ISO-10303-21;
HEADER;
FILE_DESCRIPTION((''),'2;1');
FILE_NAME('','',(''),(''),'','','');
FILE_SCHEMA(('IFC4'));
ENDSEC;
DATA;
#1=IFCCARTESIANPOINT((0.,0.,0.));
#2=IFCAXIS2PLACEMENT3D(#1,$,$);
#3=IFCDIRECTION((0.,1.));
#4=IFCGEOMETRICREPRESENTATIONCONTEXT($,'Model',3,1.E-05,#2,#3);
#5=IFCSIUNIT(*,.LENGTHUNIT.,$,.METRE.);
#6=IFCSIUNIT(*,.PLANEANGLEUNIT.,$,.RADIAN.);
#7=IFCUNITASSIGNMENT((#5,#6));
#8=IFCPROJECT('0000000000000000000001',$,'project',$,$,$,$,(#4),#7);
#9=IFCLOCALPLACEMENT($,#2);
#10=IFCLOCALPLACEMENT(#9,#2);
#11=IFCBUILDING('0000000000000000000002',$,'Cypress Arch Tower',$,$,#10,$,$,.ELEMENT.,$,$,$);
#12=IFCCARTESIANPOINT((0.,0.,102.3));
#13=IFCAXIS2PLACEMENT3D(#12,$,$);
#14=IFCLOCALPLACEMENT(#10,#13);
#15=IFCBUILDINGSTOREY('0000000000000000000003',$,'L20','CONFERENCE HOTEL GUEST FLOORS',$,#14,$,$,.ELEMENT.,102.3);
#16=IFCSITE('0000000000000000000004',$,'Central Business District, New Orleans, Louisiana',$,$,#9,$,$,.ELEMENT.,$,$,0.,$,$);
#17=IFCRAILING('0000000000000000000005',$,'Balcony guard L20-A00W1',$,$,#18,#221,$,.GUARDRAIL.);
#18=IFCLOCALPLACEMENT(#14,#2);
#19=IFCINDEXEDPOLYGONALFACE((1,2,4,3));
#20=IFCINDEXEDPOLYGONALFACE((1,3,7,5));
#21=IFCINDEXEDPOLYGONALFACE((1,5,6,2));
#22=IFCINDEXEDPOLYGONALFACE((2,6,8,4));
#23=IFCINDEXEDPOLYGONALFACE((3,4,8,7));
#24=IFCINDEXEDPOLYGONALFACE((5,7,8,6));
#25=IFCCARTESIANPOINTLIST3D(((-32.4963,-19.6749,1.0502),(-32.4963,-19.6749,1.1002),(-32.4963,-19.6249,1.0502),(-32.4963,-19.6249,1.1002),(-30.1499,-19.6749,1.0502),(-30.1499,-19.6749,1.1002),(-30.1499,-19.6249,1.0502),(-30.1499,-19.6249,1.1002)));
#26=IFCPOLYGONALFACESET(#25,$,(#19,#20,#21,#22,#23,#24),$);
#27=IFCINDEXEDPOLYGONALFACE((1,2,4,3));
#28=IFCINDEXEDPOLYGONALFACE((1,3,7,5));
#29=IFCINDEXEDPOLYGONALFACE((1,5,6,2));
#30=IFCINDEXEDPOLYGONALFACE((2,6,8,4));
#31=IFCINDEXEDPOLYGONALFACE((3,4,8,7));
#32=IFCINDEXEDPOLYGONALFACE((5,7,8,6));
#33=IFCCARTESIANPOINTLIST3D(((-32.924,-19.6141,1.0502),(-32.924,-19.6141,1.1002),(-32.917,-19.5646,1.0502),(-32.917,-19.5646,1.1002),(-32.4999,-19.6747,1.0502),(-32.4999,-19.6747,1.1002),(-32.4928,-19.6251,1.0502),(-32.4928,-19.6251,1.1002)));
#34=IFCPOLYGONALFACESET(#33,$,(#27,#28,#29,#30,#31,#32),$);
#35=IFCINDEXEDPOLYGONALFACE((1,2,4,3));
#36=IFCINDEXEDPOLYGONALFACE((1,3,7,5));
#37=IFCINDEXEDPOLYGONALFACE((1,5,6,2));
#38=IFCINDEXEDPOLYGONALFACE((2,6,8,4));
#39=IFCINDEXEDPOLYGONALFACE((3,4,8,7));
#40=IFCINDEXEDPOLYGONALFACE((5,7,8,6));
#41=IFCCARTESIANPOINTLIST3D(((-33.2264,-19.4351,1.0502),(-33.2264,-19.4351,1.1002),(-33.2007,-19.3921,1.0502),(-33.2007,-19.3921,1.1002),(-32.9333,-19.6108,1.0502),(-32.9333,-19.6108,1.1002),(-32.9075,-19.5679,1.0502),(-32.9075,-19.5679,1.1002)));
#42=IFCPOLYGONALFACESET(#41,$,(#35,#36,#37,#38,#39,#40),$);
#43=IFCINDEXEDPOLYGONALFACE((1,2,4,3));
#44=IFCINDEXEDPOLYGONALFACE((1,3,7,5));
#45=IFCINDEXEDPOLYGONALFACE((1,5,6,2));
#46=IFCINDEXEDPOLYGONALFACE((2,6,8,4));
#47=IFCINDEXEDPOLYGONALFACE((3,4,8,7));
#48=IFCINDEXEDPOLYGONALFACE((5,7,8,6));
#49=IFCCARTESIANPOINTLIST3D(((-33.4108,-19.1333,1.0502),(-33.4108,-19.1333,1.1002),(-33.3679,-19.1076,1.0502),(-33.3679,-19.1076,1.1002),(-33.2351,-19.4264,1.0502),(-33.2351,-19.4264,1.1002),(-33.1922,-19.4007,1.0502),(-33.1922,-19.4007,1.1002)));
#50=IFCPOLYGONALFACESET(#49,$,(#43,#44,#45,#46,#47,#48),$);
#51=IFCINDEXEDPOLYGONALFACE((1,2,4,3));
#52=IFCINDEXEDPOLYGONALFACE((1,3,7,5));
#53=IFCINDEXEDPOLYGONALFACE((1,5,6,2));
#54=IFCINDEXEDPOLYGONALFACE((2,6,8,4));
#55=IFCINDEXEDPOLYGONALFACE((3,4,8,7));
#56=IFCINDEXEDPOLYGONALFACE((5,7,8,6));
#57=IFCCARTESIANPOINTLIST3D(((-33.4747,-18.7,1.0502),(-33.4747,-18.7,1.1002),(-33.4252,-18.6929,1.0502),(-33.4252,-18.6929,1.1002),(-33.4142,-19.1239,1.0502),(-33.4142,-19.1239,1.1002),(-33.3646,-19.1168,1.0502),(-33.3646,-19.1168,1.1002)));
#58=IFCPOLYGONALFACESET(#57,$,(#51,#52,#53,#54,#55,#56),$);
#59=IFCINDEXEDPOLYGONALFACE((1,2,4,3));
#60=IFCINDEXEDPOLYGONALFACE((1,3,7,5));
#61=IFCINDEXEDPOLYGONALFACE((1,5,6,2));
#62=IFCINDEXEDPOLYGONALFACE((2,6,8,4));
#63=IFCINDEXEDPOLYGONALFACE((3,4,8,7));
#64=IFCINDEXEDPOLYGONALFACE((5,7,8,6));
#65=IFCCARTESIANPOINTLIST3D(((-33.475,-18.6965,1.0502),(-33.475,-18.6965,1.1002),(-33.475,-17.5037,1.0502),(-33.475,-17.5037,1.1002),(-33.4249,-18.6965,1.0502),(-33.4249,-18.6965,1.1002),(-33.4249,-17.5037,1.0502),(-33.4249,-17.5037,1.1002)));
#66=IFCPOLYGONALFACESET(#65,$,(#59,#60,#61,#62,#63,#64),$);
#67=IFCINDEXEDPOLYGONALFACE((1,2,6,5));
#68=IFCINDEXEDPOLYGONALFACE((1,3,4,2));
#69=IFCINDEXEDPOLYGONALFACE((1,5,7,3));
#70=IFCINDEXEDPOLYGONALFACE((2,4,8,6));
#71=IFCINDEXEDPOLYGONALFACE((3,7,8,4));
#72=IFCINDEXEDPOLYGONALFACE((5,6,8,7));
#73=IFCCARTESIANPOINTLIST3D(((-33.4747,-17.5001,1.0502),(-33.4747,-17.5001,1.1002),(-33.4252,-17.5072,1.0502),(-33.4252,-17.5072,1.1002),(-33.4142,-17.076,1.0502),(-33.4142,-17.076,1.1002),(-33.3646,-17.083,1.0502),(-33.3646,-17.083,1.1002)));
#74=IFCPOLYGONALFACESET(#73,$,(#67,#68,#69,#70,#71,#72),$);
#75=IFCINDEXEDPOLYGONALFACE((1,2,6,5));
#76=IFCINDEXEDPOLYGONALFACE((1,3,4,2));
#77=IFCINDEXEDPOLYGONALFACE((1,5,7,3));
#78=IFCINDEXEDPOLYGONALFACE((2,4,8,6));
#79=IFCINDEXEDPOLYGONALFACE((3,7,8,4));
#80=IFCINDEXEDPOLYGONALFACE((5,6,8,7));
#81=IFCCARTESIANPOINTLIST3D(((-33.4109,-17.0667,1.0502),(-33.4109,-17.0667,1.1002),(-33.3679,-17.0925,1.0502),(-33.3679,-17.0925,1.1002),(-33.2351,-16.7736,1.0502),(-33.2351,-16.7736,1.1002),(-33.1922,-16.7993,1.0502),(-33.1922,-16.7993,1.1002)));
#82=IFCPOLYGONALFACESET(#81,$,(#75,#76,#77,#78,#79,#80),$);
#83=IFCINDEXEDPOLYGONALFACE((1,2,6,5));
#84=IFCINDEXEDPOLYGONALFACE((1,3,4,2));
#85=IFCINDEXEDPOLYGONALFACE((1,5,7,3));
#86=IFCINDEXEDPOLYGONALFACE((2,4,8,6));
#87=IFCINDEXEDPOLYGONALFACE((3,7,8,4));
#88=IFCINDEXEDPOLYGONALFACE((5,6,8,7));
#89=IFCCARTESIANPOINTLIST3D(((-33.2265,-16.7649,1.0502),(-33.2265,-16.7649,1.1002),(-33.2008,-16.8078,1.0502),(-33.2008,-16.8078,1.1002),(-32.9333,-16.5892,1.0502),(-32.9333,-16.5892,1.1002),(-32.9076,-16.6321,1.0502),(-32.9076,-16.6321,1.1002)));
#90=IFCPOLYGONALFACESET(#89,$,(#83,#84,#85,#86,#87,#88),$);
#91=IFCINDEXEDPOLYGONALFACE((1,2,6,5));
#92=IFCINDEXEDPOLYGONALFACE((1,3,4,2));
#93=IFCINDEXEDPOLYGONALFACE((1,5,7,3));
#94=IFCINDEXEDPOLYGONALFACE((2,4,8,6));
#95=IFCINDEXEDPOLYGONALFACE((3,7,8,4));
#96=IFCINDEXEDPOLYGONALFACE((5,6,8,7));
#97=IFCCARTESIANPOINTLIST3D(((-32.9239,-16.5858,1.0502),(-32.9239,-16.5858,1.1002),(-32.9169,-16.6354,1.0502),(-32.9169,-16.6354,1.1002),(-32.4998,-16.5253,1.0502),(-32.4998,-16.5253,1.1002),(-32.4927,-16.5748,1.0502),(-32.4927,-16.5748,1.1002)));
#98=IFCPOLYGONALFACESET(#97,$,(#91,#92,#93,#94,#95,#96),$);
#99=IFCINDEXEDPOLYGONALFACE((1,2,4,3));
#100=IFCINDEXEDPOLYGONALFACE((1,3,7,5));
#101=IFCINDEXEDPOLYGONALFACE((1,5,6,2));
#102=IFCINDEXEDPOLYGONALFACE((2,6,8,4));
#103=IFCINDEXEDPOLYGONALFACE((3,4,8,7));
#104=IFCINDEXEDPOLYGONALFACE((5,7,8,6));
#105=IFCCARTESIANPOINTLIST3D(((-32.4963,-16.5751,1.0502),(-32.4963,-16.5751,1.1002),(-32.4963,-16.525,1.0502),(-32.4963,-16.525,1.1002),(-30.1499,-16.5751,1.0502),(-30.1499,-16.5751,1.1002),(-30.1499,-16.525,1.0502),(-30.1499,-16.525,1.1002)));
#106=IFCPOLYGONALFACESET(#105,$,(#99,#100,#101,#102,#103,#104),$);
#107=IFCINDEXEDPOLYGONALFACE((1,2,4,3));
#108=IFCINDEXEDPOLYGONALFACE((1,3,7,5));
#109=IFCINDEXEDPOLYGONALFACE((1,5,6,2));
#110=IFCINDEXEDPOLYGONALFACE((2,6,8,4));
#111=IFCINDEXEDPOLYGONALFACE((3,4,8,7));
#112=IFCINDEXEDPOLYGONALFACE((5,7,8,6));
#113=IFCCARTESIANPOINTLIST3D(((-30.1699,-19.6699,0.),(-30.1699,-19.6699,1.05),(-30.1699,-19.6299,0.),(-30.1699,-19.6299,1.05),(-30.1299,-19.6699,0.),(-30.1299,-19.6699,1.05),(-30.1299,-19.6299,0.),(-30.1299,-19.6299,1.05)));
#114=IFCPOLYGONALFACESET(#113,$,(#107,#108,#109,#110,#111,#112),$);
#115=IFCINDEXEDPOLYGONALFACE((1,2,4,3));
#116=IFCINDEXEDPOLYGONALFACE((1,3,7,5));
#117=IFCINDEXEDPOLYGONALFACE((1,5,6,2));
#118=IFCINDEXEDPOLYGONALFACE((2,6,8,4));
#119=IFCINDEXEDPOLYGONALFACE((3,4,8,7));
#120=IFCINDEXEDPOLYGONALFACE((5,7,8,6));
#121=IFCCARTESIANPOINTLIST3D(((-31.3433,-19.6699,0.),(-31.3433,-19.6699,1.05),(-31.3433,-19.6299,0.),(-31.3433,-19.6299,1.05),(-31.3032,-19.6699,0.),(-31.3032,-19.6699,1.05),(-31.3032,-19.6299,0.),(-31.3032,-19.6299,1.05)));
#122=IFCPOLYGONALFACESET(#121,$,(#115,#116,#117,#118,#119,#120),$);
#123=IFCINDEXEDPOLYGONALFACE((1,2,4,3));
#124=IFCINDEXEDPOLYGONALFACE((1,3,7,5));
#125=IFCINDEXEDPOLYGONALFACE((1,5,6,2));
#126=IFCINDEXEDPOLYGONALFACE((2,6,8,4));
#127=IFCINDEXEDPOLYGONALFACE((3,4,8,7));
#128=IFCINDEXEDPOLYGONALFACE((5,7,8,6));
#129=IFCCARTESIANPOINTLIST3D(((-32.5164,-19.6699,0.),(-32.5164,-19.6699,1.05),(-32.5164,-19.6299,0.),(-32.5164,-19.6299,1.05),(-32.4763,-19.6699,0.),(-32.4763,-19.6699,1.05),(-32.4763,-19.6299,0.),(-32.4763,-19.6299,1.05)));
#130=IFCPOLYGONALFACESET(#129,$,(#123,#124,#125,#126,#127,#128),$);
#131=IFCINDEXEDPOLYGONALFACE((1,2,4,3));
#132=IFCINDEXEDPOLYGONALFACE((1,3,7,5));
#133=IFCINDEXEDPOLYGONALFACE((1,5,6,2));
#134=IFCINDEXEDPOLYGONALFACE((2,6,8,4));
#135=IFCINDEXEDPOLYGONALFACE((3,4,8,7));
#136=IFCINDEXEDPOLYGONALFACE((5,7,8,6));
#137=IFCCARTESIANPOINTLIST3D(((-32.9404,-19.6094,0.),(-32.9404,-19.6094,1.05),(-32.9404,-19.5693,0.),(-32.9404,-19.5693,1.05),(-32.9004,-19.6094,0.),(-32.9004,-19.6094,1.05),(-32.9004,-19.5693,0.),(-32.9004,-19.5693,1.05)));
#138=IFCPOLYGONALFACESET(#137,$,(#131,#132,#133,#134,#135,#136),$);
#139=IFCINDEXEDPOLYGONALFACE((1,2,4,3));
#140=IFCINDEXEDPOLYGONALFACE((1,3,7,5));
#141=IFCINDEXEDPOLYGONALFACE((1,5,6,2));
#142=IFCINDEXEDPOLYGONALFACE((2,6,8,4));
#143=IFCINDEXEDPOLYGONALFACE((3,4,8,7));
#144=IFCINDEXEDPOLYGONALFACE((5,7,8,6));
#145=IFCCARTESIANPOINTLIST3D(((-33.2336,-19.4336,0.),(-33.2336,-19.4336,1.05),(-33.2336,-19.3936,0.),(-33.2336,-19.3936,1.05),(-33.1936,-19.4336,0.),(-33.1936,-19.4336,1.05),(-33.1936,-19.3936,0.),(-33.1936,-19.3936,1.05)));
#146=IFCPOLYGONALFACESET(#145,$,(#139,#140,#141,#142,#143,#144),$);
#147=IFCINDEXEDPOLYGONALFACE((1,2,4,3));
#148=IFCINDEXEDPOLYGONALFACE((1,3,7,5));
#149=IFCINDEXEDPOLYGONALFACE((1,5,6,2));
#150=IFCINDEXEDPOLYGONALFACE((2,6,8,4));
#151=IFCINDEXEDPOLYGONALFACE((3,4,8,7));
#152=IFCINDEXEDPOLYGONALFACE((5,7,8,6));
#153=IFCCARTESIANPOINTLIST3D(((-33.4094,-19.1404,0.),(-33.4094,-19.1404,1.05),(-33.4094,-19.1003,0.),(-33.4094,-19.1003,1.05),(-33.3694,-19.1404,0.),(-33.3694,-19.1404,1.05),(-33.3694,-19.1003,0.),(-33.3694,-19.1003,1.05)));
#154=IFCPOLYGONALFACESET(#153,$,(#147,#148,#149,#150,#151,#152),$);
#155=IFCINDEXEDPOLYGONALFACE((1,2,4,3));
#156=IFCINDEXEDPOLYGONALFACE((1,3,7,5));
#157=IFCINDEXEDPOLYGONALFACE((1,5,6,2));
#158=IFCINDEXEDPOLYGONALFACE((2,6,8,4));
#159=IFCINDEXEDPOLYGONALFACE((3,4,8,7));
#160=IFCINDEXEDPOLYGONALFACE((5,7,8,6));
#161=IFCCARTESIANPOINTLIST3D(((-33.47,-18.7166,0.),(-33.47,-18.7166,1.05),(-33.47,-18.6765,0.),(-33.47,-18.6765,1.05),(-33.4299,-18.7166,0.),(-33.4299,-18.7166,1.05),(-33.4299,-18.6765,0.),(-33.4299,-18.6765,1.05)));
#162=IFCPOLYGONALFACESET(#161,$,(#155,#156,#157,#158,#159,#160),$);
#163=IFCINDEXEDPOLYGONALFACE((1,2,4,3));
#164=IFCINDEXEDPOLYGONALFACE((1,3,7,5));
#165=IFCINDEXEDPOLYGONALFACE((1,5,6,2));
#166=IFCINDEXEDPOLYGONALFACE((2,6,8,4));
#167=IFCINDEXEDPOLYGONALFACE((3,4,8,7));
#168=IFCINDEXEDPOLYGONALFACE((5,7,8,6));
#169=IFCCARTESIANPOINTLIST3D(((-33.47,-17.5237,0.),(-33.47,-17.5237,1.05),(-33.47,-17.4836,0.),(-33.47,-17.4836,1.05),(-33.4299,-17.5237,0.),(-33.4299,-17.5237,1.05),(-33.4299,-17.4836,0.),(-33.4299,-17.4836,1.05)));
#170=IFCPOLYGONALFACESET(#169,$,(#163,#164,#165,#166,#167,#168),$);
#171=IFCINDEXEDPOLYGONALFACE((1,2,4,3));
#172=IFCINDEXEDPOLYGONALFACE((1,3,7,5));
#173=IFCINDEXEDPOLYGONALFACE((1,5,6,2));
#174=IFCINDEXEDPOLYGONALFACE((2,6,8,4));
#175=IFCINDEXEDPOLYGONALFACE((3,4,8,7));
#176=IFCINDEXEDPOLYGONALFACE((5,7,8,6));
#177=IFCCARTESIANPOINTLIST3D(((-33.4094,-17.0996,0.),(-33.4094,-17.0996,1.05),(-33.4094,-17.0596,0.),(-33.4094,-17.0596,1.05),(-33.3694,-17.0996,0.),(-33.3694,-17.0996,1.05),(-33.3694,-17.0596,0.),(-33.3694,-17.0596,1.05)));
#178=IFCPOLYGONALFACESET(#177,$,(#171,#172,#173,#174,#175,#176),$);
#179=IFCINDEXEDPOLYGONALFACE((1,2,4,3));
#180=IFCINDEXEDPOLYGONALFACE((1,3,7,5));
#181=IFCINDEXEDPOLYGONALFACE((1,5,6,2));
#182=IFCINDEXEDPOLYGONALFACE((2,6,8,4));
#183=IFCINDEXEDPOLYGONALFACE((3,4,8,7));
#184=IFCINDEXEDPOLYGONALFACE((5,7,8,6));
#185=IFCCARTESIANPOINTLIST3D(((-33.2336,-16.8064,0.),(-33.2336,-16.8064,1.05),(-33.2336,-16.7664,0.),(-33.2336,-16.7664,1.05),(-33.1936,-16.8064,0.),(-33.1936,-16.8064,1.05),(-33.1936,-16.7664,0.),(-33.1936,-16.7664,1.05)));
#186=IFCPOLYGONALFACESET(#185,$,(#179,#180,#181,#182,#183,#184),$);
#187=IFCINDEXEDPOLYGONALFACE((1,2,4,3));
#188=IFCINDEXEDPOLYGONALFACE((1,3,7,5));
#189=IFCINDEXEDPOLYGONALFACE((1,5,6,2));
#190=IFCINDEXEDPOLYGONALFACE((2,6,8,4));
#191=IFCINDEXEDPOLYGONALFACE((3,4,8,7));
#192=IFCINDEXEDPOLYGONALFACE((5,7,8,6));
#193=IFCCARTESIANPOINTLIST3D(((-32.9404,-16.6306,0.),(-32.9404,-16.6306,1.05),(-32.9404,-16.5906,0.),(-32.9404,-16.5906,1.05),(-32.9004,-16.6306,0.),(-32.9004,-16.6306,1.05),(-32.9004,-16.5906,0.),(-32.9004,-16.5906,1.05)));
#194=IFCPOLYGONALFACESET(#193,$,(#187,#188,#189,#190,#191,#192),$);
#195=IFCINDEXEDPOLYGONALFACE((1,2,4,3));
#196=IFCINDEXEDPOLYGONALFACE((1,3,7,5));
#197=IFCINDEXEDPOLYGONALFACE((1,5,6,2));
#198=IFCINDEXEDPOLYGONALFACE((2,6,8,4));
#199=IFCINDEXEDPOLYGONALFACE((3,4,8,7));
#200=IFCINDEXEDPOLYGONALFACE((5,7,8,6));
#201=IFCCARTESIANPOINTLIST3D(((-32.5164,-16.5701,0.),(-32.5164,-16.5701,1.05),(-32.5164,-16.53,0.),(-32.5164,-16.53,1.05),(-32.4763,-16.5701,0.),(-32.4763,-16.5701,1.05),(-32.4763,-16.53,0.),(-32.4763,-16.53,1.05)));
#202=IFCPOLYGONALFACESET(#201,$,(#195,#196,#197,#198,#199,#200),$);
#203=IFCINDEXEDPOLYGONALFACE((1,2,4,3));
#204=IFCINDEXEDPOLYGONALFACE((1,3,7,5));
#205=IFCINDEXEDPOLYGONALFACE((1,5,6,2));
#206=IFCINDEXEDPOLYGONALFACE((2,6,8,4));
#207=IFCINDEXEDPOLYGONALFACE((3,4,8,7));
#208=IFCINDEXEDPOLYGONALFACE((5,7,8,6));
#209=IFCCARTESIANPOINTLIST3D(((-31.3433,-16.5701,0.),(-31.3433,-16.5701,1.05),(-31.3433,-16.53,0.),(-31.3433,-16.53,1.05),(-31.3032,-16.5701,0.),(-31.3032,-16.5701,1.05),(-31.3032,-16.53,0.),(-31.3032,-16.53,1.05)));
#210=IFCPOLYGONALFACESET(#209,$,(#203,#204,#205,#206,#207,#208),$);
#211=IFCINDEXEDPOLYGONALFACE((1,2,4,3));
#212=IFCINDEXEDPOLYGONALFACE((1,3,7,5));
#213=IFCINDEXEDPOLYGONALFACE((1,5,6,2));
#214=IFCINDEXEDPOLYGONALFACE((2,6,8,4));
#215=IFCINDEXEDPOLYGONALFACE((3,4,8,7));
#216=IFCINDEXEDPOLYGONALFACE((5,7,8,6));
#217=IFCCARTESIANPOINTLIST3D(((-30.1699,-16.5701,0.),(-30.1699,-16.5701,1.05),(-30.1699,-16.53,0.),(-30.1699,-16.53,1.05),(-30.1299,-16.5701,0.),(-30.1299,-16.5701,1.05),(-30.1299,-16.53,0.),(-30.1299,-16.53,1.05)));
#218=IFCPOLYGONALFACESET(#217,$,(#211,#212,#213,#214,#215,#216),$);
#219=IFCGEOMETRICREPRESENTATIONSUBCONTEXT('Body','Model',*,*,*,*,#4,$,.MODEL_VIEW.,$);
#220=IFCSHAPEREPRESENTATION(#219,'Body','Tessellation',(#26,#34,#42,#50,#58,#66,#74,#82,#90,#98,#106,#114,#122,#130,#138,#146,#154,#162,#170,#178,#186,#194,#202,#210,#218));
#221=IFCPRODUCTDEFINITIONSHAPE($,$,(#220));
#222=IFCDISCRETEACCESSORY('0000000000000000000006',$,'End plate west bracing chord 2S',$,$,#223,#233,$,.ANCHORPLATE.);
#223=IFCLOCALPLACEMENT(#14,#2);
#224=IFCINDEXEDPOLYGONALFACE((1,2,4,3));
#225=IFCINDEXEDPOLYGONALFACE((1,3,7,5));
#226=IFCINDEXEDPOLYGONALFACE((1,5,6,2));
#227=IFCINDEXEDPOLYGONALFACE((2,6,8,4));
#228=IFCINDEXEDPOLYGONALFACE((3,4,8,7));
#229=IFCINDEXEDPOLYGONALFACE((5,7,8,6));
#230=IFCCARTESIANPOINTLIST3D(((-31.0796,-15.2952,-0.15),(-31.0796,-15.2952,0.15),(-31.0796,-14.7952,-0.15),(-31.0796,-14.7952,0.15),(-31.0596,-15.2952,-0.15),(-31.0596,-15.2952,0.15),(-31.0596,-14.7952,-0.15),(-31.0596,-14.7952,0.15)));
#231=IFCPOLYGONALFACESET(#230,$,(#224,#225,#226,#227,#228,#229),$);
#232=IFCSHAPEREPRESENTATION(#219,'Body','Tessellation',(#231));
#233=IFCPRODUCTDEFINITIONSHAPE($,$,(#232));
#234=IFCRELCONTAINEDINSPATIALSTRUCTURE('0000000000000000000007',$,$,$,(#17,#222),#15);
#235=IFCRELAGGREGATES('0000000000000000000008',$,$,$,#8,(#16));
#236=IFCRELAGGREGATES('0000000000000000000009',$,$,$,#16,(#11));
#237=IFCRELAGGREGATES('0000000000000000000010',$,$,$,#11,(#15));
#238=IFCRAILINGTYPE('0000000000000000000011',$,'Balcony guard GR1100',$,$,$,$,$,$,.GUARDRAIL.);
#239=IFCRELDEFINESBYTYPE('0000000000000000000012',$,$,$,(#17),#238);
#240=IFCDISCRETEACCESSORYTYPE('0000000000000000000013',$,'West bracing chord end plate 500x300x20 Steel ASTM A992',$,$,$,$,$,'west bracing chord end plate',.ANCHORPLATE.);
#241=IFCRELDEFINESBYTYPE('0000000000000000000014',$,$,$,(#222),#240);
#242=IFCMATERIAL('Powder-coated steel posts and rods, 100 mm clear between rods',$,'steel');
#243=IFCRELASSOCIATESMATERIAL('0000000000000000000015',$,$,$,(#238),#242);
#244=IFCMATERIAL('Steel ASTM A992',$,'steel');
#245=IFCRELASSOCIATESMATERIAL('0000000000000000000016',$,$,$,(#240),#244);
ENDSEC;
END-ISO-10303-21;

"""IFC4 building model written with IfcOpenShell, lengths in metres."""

from ifc_helpers import new_model, si_unit, direction, frame, origin, origin_2d, place, context, subcontext, project, spatial, rectangle, extrude, material, material_profile, profile_set, type_object, element, save


model = new_model("IFC4")

# Units and contexts
model_context = context("Model", 3, precision=1e-05, world=origin(), true_north=direction((0.0, 1.0)))
body_context = subcontext(model_context, "Body", "Model", "MODEL_VIEW")
ifc_project = project(units=[si_unit("LENGTHUNIT", "METRE"), si_unit("PLANEANGLEUNIT", "RADIAN")], contexts=[model_context])

# Site, building, storey
site_placement = place(None, origin())
site = spatial("IfcSite", under=ifc_project, at=site_placement, Name="Central Business District, New Orleans, Louisiana", CompositionType="ELEMENT", RefElevation=0.0)
building_placement = place(site_placement, origin())
building = spatial("IfcBuilding", under=site, at=building_placement, Name="Cypress Arch Tower", CompositionType="ELEMENT")
storey_placement = place(building_placement, frame((0.0, 0.0, 102.3)))
storey = spatial("IfcBuildingStorey", under=building, at=storey_placement, Name="L20", Description="CONFERENCE HOTEL GUEST FLOORS", CompositionType="ELEMENT", Elevation=102.3)

# Railing
ifc_material_1 = material(Name="Powder-coated steel posts and rods, 100 mm clear between rods", Category="steel")
railing_type = type_object("IfcRailingType", Name="Balcony guard GR1100", PredefinedType="GUARDRAIL", material=ifc_material_1)
railing_placement = place(storey_placement, frame((-30.1499, -19.6499, 0.0)))
element("IfcRailing", 1, at=railing_placement, inside=storey, type_object=railing_type, Name="Balcony guard L20-A00W1", PredefinedType="GUARDRAIL", context=body_context, shape_type="SweptSolid", body=[
    extrude(rectangle(XDim=0.05, YDim=0.05, at=origin_2d()), frame((0.0, 0.0, 1.0752), z_axis=(-1.0, 0.0, 0.0), x_axis=(0.0, -1.0, 0.0)), (0.0, 0.0, 1.0), 2.3464),
    extrude(rectangle(XDim=0.05, YDim=0.05, at=origin_2d()), frame((-2.3464, 0.0, 1.0752), z_axis=(-0.989961, 0.141342, 0.0), x_axis=(-0.141342, -0.989961, 0.0)), (0.0, 0.0, 1.0), 0.4285),
    extrude(rectangle(XDim=0.05, YDim=0.05, at=origin_2d()), frame((-2.7705, 0.0605, 1.0752), z_axis=(-0.857682, 0.514181, 0.0), x_axis=(-0.514181, -0.857682, 0.0)), (0.0, 0.0, 1.0), 0.3418),
    extrude(rectangle(XDim=0.05, YDim=0.05, at=origin_2d()), frame((-3.0637, 0.2363, 1.0752), z_axis=(-0.514181, 0.857682, 0.0), x_axis=(-0.857682, -0.514181, 0.0)), (0.0, 0.0, 1.0), 0.3418),
    extrude(rectangle(XDim=0.05, YDim=0.05, at=origin_2d()), frame((-3.2395, 0.5295, 1.0752), z_axis=(-0.141421, 0.989949, 0.0), x_axis=(-0.989949, -0.141421, 0.0)), (0.0, 0.0, 1.0), 0.4282),
    extrude(rectangle(XDim=0.05, YDim=0.05, at=origin_2d()), frame((-3.3, 0.9534, 1.0752), z_axis=(0.0, 1.0, 0.0), x_axis=(-1.0, 0.0, 0.0)), (0.0, 0.0, 1.0), 1.1929),
    extrude(rectangle(XDim=0.05, YDim=0.05, at=origin_2d()), frame((-3.3, 2.1462, 1.0752), z_axis=(0.141342, 0.989961, 0.0), x_axis=(-0.989961, 0.141342, 0.0)), (0.0, 0.0, 1.0), 0.4285),
    extrude(rectangle(XDim=0.05, YDim=0.05, at=origin_2d()), frame((-3.2395, 2.5703, 1.0752), z_axis=(0.514181, 0.857682, 0.0), x_axis=(-0.857682, 0.514181, 0.0)), (0.0, 0.0, 1.0), 0.3418),
    extrude(rectangle(XDim=0.05, YDim=0.05, at=origin_2d()), frame((-3.0637, 2.8635, 1.0752), z_axis=(0.857682, 0.514181, 0.0), x_axis=(-0.514181, 0.857682, 0.0)), (0.0, 0.0, 1.0), 0.3418),
    extrude(rectangle(XDim=0.05, YDim=0.05, at=origin_2d()), frame((-2.7705, 3.0393, 1.0752), z_axis=(0.989961, 0.141342, 0.0), x_axis=(-0.141342, 0.989961, 0.0)), (0.0, 0.0, 1.0), 0.4285),
    extrude(rectangle(XDim=0.05, YDim=0.05, at=origin_2d()), frame((-2.3464, 3.0999, 1.0752), z_axis=(1.0, 0.0, 0.0), x_axis=(0.0, 1.0, 0.0)), (0.0, 0.0, 1.0), 2.3464),
    extrude(rectangle(XDim=0.04, YDim=0.04, at=origin_2d()), origin(), (0.0, 0.0, 1.0), 1.05),
    extrude(rectangle(XDim=0.04, YDim=0.04, at=origin_2d()), frame((-1.1733, 0.0, 0.0)), (0.0, 0.0, 1.0), 1.05),
    extrude(rectangle(XDim=0.04, YDim=0.04, at=origin_2d()), frame((-2.3464, 0.0, 0.0)), (0.0, 0.0, 1.0), 1.05),
    extrude(rectangle(XDim=0.04, YDim=0.04, at=origin_2d()), frame((-2.7705, 0.0605, 0.0)), (0.0, 0.0, 1.0), 1.05),
    extrude(rectangle(XDim=0.04, YDim=0.04, at=origin_2d()), frame((-3.0637, 0.2363, 0.0)), (0.0, 0.0, 1.0), 1.05),
    extrude(rectangle(XDim=0.04, YDim=0.04, at=origin_2d()), frame((-3.2395, 0.5295, 0.0)), (0.0, 0.0, 1.0), 1.05),
    extrude(rectangle(XDim=0.04, YDim=0.04, at=origin_2d()), frame((-3.3, 0.9534, 0.0)), (0.0, 0.0, 1.0), 1.05),
    extrude(rectangle(XDim=0.04, YDim=0.04, at=origin_2d()), frame((-3.3, 2.1462, 0.0)), (0.0, 0.0, 1.0), 1.05),
    extrude(rectangle(XDim=0.04, YDim=0.04, at=origin_2d()), frame((-3.2395, 2.5703, 0.0)), (0.0, 0.0, 1.0), 1.05),
    extrude(rectangle(XDim=0.04, YDim=0.04, at=origin_2d()), frame((-3.0637, 2.8635, 0.0)), (0.0, 0.0, 1.0), 1.05),
    extrude(rectangle(XDim=0.04, YDim=0.04, at=origin_2d()), frame((-2.7705, 3.0393, 0.0)), (0.0, 0.0, 1.0), 1.05),
    extrude(rectangle(XDim=0.04, YDim=0.04, at=origin_2d()), frame((-2.3464, 3.0999, 0.0)), (0.0, 0.0, 1.0), 1.05),
    extrude(rectangle(XDim=0.04, YDim=0.04, at=origin_2d()), frame((-1.1733, 3.0999, 0.0)), (0.0, 0.0, 1.0), 1.05),
    extrude(rectangle(XDim=0.04, YDim=0.04, at=origin_2d()), frame((0.0, 3.0999, 0.0)), (0.0, 0.0, 1.0), 1.05),
])

# Discrete accessory
ifc_material_2 = material(Name="Steel ASTM A992", Category="steel")
ifc_material_profile_1 = material_profile(ifc_material_2, rectangle(XDim=0.5, YDim=0.3, at=origin_2d()), Name="PL 20 500x300")
ifc_profile_set_1 = profile_set([ifc_material_profile_1], Name="Steel ASTM A992")
discrete_accessory_type = type_object("IfcDiscreteAccessoryType", Name="West bracing chord end plate 500x300x20 Steel ASTM A992", ElementType="west bracing chord end plate", PredefinedType="ANCHORPLATE", material=ifc_profile_set_1)
discrete_accessory_placement = place(storey_placement, frame((-31.0596, -15.0452, 0.0), z_axis=(-1.0, 0.0, 0.0), x_axis=(0.0, -1.0, 0.0)))
element("IfcDiscreteAccessory", 2, at=discrete_accessory_placement, inside=storey, type_object=discrete_accessory_type, Name="End plate west bracing chord 2S", PredefinedType="ANCHORPLATE", context=body_context, shape_type="SweptSolid", body=[
    extrude(rectangle(XDim=0.5, YDim=0.3, at=origin_2d()), origin(), (0.0, 0.0, 1.0), 0.02),
])

save(model, "model.ifc")
